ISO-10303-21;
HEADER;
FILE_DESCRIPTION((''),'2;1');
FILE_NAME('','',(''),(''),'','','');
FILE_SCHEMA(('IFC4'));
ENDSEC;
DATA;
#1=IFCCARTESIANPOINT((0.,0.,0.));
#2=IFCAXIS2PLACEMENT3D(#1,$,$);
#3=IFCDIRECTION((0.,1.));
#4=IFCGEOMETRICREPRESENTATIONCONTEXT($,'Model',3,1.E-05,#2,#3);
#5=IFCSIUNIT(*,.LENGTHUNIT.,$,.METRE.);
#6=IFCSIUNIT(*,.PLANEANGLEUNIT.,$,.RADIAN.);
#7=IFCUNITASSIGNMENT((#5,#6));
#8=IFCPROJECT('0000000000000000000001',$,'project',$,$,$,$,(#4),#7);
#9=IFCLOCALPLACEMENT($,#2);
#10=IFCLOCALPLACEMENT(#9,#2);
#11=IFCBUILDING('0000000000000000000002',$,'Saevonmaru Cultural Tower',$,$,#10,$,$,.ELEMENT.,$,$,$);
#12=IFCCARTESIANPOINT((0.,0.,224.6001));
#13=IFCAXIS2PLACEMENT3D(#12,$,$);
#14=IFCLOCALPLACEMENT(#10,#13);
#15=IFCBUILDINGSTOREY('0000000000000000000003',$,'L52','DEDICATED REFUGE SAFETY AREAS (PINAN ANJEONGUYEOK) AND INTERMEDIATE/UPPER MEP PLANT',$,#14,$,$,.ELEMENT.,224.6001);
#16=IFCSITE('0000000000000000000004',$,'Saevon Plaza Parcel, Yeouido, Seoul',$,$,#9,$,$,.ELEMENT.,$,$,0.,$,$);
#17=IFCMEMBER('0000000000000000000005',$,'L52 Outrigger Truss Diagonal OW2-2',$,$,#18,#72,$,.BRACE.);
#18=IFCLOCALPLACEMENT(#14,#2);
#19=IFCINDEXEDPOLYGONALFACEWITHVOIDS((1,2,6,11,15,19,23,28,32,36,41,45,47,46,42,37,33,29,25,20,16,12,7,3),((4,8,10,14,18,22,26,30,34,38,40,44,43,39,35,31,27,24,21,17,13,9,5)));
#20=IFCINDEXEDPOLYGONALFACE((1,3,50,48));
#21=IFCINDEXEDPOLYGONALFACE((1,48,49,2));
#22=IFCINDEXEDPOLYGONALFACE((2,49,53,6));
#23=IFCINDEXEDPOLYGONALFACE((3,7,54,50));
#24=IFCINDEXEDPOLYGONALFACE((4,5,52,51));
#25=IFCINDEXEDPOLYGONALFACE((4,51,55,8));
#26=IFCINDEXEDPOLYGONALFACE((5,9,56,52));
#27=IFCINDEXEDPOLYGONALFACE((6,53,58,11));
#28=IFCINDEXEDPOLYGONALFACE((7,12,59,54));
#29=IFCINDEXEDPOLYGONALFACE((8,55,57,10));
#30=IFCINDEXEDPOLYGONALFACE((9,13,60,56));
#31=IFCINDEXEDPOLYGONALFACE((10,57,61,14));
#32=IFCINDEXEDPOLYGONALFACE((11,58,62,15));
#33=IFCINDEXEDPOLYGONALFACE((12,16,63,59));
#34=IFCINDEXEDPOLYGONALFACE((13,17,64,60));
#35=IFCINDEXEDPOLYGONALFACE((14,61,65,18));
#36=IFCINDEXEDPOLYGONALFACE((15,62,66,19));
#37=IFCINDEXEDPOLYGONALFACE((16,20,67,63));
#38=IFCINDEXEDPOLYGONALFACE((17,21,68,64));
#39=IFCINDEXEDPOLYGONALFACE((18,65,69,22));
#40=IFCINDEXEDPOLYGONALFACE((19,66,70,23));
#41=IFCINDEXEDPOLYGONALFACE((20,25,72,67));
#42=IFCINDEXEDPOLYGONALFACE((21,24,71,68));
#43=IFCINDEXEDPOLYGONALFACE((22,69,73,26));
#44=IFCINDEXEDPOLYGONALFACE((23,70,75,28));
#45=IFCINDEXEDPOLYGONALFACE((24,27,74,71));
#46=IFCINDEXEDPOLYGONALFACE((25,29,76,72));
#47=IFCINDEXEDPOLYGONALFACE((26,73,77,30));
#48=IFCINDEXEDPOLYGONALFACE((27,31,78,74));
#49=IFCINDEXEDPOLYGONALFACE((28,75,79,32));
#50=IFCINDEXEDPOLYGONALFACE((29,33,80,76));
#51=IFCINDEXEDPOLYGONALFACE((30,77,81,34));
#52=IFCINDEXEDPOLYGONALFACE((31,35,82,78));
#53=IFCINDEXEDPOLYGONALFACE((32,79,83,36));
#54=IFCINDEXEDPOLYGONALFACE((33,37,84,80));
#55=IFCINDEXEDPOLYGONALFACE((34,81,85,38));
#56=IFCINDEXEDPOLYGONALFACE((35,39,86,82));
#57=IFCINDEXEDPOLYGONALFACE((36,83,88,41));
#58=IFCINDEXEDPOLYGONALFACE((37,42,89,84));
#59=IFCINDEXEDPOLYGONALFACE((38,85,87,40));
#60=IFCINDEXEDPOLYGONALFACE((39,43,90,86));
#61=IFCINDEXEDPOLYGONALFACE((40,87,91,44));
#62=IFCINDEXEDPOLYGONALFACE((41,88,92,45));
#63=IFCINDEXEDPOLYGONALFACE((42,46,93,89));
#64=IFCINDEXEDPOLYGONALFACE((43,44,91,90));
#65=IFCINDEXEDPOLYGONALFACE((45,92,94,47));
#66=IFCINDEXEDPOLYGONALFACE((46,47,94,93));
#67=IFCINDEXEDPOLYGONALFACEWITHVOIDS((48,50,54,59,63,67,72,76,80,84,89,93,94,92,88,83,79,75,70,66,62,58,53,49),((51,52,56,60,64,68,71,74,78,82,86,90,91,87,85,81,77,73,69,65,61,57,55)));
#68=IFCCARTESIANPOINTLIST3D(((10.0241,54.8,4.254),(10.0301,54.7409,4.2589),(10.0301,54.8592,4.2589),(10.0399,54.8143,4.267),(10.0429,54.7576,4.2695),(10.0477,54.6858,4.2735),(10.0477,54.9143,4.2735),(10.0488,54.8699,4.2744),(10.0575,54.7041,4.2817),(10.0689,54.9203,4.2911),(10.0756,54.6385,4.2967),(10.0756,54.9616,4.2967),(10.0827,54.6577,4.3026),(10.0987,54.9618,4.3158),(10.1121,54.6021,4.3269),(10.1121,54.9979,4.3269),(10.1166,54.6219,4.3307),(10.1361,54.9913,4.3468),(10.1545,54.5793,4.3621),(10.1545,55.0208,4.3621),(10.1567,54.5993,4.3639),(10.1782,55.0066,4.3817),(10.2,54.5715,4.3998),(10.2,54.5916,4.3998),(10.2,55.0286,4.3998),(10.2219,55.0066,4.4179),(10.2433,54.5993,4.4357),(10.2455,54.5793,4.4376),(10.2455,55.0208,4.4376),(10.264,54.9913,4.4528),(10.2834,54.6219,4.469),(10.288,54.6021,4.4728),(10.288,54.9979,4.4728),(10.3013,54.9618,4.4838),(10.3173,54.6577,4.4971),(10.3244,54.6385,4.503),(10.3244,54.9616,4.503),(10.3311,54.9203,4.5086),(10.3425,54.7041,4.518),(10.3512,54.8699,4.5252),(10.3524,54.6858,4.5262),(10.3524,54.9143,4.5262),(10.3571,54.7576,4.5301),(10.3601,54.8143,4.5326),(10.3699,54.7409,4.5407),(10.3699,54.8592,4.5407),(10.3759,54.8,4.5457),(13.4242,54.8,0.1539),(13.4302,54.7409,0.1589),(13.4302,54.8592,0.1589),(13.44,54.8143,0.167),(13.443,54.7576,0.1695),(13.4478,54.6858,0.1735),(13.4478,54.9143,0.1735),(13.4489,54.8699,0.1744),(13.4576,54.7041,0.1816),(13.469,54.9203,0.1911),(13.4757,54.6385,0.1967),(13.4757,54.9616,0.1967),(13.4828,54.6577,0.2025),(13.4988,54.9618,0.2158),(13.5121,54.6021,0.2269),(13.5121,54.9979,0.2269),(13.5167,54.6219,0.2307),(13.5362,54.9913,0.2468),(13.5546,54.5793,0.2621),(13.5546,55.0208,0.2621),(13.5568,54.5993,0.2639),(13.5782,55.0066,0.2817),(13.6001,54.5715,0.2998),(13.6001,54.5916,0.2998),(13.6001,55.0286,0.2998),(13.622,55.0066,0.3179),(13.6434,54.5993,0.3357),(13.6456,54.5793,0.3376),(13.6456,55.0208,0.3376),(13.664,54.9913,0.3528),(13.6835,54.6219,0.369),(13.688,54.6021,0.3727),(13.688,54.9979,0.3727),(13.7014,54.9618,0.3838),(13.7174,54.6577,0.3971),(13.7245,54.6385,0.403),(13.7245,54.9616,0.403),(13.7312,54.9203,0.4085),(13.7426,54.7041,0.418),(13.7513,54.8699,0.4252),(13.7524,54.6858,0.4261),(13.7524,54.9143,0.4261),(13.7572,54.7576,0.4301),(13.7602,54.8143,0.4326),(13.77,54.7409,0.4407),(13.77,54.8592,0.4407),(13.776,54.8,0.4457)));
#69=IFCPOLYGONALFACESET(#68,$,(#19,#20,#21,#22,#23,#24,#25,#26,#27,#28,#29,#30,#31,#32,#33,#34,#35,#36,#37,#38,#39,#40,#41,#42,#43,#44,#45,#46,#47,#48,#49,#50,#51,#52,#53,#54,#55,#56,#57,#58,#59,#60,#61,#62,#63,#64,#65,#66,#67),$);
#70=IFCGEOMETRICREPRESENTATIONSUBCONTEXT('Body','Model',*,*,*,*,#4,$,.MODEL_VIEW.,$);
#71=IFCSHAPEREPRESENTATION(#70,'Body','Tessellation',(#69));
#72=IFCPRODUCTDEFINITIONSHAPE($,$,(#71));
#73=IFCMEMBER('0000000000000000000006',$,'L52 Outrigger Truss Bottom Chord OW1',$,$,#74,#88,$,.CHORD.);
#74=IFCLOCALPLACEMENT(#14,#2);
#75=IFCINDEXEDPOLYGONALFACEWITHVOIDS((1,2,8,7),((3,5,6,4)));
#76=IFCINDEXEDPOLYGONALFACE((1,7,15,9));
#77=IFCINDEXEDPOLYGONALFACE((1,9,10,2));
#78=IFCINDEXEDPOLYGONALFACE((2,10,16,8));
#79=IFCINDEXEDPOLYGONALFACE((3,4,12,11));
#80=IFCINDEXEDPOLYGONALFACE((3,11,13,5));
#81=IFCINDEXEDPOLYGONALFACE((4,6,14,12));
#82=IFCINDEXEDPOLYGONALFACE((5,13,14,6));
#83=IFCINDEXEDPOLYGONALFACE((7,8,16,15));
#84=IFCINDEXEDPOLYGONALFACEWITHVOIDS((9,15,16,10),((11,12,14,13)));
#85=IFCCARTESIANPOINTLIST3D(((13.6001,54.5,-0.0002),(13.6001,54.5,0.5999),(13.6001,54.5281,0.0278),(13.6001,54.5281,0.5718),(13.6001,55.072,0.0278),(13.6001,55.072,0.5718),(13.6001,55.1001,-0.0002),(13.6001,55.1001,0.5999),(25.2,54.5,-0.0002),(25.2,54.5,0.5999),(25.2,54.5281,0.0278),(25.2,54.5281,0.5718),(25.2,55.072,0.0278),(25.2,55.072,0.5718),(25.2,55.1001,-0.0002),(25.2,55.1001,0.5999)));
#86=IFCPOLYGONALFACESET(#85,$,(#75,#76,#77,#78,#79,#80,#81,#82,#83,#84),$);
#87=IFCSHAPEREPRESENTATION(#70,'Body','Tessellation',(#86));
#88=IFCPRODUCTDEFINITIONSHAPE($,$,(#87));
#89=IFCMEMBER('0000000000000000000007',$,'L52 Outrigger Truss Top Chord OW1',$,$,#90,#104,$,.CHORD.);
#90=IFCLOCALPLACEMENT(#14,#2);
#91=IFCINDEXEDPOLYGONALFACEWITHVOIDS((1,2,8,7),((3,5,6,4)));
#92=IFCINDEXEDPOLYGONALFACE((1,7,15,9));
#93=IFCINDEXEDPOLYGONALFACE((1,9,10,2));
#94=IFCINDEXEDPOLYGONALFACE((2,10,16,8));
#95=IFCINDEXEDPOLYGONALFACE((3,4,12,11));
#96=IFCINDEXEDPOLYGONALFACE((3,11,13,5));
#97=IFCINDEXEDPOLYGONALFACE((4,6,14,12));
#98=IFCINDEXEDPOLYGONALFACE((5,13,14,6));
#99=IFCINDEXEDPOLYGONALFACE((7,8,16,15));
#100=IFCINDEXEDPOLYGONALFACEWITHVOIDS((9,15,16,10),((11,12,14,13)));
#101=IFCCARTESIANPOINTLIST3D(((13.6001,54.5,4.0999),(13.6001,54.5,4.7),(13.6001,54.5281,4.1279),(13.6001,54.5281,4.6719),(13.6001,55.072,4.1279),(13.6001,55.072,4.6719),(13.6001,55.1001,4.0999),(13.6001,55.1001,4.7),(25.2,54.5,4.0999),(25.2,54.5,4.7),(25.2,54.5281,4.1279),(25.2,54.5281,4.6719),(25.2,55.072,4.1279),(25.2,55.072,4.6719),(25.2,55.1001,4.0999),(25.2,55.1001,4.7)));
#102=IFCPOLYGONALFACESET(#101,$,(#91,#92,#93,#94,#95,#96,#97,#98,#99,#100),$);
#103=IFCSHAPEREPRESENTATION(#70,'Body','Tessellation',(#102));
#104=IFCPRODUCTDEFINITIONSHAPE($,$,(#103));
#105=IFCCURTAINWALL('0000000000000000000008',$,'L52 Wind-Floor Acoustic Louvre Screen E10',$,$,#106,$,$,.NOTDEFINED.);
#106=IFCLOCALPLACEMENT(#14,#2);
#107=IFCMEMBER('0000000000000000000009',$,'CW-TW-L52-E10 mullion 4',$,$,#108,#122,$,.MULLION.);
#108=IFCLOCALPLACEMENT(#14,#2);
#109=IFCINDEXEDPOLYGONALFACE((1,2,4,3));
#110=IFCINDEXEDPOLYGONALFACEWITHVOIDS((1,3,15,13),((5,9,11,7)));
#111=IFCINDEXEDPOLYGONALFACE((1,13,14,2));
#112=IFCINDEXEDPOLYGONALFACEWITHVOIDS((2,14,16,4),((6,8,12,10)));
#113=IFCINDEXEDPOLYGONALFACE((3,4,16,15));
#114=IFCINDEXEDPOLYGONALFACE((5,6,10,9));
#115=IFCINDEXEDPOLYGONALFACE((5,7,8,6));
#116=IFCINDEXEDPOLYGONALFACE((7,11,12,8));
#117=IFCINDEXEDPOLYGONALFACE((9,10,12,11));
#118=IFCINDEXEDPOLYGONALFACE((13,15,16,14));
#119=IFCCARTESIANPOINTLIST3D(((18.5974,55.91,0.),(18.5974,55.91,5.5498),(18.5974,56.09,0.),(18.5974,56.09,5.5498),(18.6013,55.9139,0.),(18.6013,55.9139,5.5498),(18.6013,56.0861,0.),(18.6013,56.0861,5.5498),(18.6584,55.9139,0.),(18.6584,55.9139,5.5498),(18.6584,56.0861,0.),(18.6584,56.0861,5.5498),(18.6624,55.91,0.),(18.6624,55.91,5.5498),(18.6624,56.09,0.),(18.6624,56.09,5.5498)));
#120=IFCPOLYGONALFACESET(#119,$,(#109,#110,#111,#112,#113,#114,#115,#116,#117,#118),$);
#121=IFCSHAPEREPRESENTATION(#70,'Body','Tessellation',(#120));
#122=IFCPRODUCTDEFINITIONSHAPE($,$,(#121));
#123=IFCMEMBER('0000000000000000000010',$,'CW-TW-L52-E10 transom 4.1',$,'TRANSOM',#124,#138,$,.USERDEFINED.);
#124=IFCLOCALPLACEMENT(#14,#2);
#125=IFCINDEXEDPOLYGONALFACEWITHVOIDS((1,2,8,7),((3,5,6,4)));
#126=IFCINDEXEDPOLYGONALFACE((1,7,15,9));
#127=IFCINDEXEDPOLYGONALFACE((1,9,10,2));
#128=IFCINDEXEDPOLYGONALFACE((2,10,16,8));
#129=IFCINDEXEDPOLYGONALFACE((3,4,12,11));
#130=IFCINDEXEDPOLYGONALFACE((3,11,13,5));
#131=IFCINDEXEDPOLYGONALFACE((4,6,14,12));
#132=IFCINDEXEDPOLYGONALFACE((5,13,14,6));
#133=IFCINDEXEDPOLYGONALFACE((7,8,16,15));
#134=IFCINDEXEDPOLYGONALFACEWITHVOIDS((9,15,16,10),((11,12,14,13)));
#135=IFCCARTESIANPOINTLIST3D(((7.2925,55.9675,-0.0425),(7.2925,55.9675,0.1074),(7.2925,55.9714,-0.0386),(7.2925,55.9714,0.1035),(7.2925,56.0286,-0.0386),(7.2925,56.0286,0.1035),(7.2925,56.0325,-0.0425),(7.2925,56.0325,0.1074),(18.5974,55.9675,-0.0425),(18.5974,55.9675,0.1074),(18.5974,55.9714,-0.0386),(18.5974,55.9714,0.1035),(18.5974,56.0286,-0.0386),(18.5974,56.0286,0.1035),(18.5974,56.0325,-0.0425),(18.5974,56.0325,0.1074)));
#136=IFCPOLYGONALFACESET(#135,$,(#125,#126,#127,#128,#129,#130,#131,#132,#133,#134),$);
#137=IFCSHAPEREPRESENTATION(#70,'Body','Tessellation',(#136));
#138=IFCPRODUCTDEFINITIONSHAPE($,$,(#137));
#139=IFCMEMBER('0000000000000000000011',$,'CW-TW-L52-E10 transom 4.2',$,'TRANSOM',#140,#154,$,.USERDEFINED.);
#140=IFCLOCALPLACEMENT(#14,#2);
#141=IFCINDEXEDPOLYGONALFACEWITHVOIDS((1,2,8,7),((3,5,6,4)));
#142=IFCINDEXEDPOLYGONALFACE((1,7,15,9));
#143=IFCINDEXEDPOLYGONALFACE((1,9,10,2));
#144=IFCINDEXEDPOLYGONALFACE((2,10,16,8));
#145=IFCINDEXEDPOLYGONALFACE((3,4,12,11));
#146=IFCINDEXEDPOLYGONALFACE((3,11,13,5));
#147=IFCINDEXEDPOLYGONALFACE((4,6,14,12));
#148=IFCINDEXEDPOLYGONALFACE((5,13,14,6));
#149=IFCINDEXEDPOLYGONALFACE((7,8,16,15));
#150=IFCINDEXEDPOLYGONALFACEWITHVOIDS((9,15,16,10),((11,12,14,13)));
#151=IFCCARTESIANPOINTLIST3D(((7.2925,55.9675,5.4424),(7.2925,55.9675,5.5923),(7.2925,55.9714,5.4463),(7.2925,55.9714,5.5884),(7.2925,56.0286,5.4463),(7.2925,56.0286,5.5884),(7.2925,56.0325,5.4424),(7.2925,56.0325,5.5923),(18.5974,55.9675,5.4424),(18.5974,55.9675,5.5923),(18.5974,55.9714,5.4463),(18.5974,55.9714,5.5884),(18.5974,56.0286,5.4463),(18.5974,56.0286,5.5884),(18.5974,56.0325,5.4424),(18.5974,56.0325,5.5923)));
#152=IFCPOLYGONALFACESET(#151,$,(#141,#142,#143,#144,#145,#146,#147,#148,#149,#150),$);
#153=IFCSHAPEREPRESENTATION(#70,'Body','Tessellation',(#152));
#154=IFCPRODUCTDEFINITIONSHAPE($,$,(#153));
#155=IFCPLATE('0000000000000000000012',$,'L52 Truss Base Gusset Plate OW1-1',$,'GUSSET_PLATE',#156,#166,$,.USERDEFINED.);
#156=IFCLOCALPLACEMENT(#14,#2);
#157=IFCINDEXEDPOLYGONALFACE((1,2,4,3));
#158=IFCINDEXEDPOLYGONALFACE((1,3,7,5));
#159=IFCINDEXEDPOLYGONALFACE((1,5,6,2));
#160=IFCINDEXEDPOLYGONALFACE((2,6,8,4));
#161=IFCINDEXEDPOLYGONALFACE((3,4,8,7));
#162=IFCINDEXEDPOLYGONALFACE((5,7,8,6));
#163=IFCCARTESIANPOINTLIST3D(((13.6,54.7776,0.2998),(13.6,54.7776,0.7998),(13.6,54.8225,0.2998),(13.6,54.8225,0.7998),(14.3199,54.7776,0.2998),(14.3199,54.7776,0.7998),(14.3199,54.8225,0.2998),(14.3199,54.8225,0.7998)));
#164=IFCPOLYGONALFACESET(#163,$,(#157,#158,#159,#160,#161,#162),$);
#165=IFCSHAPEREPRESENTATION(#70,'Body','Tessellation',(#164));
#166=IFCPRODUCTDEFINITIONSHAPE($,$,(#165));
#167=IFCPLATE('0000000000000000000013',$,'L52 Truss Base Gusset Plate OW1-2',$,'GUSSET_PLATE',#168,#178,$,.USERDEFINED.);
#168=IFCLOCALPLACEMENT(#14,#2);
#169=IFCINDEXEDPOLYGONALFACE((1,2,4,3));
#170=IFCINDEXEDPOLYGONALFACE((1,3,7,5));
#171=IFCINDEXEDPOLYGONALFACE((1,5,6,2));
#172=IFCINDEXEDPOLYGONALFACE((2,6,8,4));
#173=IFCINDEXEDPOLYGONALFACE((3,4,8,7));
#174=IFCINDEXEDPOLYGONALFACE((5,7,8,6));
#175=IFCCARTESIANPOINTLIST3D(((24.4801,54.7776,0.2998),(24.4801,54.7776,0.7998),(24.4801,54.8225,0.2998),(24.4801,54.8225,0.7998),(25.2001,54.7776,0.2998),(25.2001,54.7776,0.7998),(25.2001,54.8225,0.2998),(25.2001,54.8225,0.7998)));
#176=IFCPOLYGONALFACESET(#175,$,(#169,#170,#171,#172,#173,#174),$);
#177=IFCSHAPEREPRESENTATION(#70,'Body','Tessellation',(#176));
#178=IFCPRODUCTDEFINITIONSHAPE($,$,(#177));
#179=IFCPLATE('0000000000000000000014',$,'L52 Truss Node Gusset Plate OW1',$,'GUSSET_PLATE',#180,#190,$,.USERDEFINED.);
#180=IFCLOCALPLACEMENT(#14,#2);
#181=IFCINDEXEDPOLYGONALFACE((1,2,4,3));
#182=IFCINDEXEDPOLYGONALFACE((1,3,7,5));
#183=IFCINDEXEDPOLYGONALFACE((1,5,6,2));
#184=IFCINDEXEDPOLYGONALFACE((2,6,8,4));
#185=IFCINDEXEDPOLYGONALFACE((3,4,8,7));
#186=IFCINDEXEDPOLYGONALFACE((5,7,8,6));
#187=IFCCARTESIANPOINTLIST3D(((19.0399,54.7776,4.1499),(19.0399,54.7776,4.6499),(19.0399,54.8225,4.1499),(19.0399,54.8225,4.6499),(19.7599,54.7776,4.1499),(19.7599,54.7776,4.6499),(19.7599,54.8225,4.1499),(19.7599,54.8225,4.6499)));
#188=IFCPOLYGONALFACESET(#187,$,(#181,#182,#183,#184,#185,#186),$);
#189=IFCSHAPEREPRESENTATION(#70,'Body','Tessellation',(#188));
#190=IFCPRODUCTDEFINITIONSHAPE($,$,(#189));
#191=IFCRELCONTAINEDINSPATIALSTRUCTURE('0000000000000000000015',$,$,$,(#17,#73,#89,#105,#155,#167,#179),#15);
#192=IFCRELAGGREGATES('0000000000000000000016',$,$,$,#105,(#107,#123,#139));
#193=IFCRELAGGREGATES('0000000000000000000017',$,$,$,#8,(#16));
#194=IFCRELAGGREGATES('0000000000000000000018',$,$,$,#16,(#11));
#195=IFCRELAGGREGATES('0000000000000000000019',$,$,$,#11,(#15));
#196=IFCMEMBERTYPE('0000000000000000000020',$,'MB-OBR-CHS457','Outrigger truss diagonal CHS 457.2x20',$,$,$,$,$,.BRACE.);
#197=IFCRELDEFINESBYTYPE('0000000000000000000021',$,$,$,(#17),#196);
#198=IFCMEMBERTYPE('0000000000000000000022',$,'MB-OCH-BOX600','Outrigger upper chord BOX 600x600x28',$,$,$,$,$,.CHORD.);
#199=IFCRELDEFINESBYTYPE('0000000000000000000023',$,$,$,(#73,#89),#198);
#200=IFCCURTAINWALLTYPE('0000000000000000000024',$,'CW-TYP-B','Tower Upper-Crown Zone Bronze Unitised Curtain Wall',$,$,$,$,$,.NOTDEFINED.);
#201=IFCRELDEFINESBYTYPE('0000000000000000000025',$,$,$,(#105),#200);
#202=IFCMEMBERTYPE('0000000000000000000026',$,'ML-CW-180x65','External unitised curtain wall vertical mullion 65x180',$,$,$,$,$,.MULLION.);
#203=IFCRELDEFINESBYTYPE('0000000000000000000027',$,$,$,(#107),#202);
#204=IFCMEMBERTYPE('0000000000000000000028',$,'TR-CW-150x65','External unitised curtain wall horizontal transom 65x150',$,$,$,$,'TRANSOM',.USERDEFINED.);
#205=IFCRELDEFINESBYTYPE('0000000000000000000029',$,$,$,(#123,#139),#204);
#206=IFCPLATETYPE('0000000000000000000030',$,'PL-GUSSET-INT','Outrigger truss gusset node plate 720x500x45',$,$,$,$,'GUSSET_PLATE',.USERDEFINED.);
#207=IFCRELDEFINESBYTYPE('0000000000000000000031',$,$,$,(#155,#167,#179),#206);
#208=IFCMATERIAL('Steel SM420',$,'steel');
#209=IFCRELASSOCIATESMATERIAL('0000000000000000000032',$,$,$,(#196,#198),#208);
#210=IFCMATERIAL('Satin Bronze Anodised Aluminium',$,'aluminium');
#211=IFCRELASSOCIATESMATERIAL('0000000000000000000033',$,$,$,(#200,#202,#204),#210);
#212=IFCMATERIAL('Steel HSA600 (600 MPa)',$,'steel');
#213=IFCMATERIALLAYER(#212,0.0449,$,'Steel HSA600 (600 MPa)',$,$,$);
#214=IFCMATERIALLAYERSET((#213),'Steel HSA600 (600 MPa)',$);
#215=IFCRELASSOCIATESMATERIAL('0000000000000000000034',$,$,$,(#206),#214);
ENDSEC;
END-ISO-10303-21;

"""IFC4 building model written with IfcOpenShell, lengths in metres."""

from ifc_helpers import new_model, si_unit, direction, frame, origin, origin_2d, place, context, subcontext, project, spatial, rectangle, hollow_rectangle, hollow_circle, extrude, material, layer, layer_set, material_profile, profile_set, type_object, element, aggregate, save


model = new_model("IFC4")

# Units and contexts
model_context = context("Model", 3, precision=1e-05, world=origin(), true_north=direction((0.0, 1.0)))
body_context = subcontext(model_context, "Body", "Model", "MODEL_VIEW")
ifc_project = project(units=[si_unit("LENGTHUNIT", "METRE"), si_unit("PLANEANGLEUNIT", "RADIAN")], contexts=[model_context])

# Site, building, storey
site_placement = place(None, origin())
site = spatial("IfcSite", under=ifc_project, at=site_placement, Name="Saevon Plaza Parcel, Yeouido, Seoul", CompositionType="ELEMENT", RefElevation=0.0)
building_placement = place(site_placement, origin())
building = spatial("IfcBuilding", under=site, at=building_placement, Name="Saevonmaru Cultural Tower", CompositionType="ELEMENT")
storey_placement = place(building_placement, frame((0.0, 0.0, 224.6001)))
storey = spatial("IfcBuildingStorey", under=building, at=storey_placement, Name="L52", Description="DEDICATED REFUGE SAFETY AREAS (PINAN ANJEONGUYEOK) AND INTERMEDIATE/UPPER MEP PLANT", CompositionType="ELEMENT", Elevation=224.6001)

# Shared definitions
ifc_material_1 = material(Name="Steel SM420", Category="steel")

# Members
ifc_material_profile_1 = material_profile(ifc_material_1, hollow_circle(Radius=0.2285, WallThickness=0.02, at=origin_2d()), Name="CHS-457.2x20")
ifc_profile_set_1 = profile_set([ifc_material_profile_1], Name="Steel SM420")
member_type_1 = type_object("IfcMemberType", Name="MB-OBR-CHS457", Description="Outrigger truss diagonal CHS 457.2x20", PredefinedType="BRACE", material=ifc_profile_set_1)
member_1_placement = place(storey_placement, frame((13.6001, 54.8, 0.2998), z_axis=(-0.638343, 0.0, 0.769752), x_axis=(0.0, -1.0, 0.0)))
element("IfcMember", 1, at=member_1_placement, inside=storey, type_object=member_type_1, Name="L52 Outrigger Truss Diagonal OW2-2", PredefinedType="BRACE", context=body_context, shape_type="SweptSolid", body=[
    extrude(hollow_circle(Radius=0.2285, WallThickness=0.02, at=origin_2d()), origin(), (0.0, 0.0, 1.0), 5.3264),
])
ifc_material_profile_2 = material_profile(ifc_material_1, hollow_rectangle(XDim=0.6001, YDim=0.6001, WallThickness=0.0281, at=origin_2d()), Name="BOX-600x600x28")
ifc_profile_set_2 = profile_set([ifc_material_profile_2], Name="Steel SM420")
member_type_2 = type_object("IfcMemberType", Name="MB-OCH-BOX600", Description="Outrigger upper chord BOX 600x600x28", PredefinedType="CHORD", material=ifc_profile_set_2)
for number, where, z_axis, x_axis, name in (
    (2, (13.6001, 54.8, 0.2998), (1.0, 0.0, 0.0), (0.0, 1.0, 0.0), "L52 Outrigger Truss Bottom Chord OW1"),
    (3, (13.6001, 54.8, 4.3999), (1.0, 0.0, 0.0), (0.0, 1.0, 0.0), "L52 Outrigger Truss Top Chord OW1"),
):
    element("IfcMember", number, at=place(storey_placement, frame(where, z_axis=z_axis, x_axis=x_axis)), inside=storey, type_object=member_type_2, Name=name, PredefinedType="CHORD", context=body_context, shape_type="SweptSolid", body=[
        extrude(hollow_rectangle(XDim=0.6001, YDim=0.6001, WallThickness=0.0281, at=origin_2d()), origin(), (0.0, 0.0, 1.0), 11.5999),
    ])

# Curtain wall, members
ifc_material_2 = material(Name="Satin Bronze Anodised Aluminium", Category="aluminium")
curtain_wall_type = type_object("IfcCurtainWallType", Name="CW-TYP-B", Description="Tower Upper-Crown Zone Bronze Unitised Curtain Wall", PredefinedType="NOTDEFINED", material=ifc_material_2)
curtain_wall_placement = place(storey_placement, origin())
curtain_wall = element("IfcCurtainWall", 4, at=curtain_wall_placement, inside=storey, type_object=curtain_wall_type, Name="L52 Wind-Floor Acoustic Louvre Screen E10", PredefinedType="NOTDEFINED")
ifc_material_profile_3 = material_profile(ifc_material_2, hollow_rectangle(XDim=0.0649, YDim=0.1799, WallThickness=0.0039, at=origin_2d()), Name="ALU-MULL-180x65x4")
ifc_profile_set_3 = profile_set([ifc_material_profile_3], Name="Satin Bronze Anodised Aluminium")
member_type_3 = type_object("IfcMemberType", Name="ML-CW-180x65", Description="External unitised curtain wall vertical mullion 65x180", PredefinedType="MULLION", material=ifc_profile_set_3)
member_2_placement = place(storey_placement, frame((18.6299, 56.0, 0.0), z_axis=(0.0, 0.0, 1.0), x_axis=(-1.0, 0.0, 0.0)))
member_2 = element("IfcMember", 5, at=member_2_placement, type_object=member_type_3, Name="CW-TW-L52-E10 mullion 4", PredefinedType="MULLION", context=body_context, shape_type="SweptSolid", body=[
    extrude(hollow_rectangle(XDim=0.0649, YDim=0.1799, WallThickness=0.0039, at=origin_2d()), origin(), (0.0, 0.0, 1.0), 5.5498),
])
ifc_material_profile_4 = material_profile(ifc_material_2, hollow_rectangle(XDim=0.0649, YDim=0.1499, WallThickness=0.0039, at=origin_2d()), Name="ALU-TRAN-150x65x4")
ifc_profile_set_4 = profile_set([ifc_material_profile_4], Name="Satin Bronze Anodised Aluminium")
member_type_4 = type_object("IfcMemberType", Name="TR-CW-150x65", Description="External unitised curtain wall horizontal transom 65x150", ElementType="TRANSOM", PredefinedType="USERDEFINED", material=ifc_profile_set_4)
member_3_placement = place(storey_placement, frame((18.5974, 56.0, 0.0325), z_axis=(-1.0, 0.0, 0.0), x_axis=(0.0, -1.0, 0.0)))
member_3 = element("IfcMember", 6, at=member_3_placement, type_object=member_type_4, Name="CW-TW-L52-E10 transom 4.1", ObjectType="TRANSOM", PredefinedType="USERDEFINED", context=body_context, shape_type="SweptSolid", body=[
    extrude(hollow_rectangle(XDim=0.0649, YDim=0.1499, WallThickness=0.0039, at=origin_2d()), origin(), (0.0, 0.0, 1.0), 11.3049),
])
member_4_placement = place(storey_placement, frame((18.5974, 56.0, 5.5173), z_axis=(-1.0, 0.0, 0.0), x_axis=(0.0, -1.0, 0.0)))
member_4 = element("IfcMember", 7, at=member_4_placement, type_object=member_type_4, Name="CW-TW-L52-E10 transom 4.2", ObjectType="TRANSOM", PredefinedType="USERDEFINED", context=body_context, shape_type="SweptSolid", body=[
    extrude(hollow_rectangle(XDim=0.0649, YDim=0.1499, WallThickness=0.0039, at=origin_2d()), origin(), (0.0, 0.0, 1.0), 11.3049),
])

# Plates
ifc_material_3 = material(Name="Steel HSA600 (600 MPa)", Category="steel")
ifc_layer_1 = layer(ifc_material_3, 0.0449, Name="Steel HSA600 (600 MPa)")
ifc_layer_set_1 = layer_set([ifc_layer_1], Name="Steel HSA600 (600 MPa)")
plate_type_1 = type_object("IfcPlateType", Name="PL-GUSSET-INT", Description="Outrigger truss gusset node plate 720x500x45", ElementType="GUSSET_PLATE", PredefinedType="USERDEFINED", material=ifc_layer_set_1)
for number, where, z_axis, x_axis, name in (
    (8, (13.96, 54.8, 0.2998), (0.0, 0.0, 1.0), (1.0, 0.0, 0.0), "L52 Truss Base Gusset Plate OW1-1"),
    (9, (24.8401, 54.8, 0.2998), (0.0, 0.0, 1.0), (1.0, 0.0, 0.0), "L52 Truss Base Gusset Plate OW1-2"),
    (10, (19.3999, 54.8, 4.1499), (0.0, 0.0, 1.0), (1.0, 0.0, 0.0), "L52 Truss Node Gusset Plate OW1"),
):
    element("IfcPlate", number, at=place(storey_placement, frame(where, z_axis=z_axis, x_axis=x_axis)), inside=storey, type_object=plate_type_1, Name=name, ObjectType="GUSSET_PLATE", PredefinedType="USERDEFINED", context=body_context, shape_type="SweptSolid", body=[
        extrude(rectangle(XDim=0.72, YDim=0.0449, at=origin_2d()), origin(), (0.0, 0.0, 1.0), 0.5),
    ])

aggregate(curtain_wall, [member_2, member_3, member_4])

save(model, "model.ifc")
